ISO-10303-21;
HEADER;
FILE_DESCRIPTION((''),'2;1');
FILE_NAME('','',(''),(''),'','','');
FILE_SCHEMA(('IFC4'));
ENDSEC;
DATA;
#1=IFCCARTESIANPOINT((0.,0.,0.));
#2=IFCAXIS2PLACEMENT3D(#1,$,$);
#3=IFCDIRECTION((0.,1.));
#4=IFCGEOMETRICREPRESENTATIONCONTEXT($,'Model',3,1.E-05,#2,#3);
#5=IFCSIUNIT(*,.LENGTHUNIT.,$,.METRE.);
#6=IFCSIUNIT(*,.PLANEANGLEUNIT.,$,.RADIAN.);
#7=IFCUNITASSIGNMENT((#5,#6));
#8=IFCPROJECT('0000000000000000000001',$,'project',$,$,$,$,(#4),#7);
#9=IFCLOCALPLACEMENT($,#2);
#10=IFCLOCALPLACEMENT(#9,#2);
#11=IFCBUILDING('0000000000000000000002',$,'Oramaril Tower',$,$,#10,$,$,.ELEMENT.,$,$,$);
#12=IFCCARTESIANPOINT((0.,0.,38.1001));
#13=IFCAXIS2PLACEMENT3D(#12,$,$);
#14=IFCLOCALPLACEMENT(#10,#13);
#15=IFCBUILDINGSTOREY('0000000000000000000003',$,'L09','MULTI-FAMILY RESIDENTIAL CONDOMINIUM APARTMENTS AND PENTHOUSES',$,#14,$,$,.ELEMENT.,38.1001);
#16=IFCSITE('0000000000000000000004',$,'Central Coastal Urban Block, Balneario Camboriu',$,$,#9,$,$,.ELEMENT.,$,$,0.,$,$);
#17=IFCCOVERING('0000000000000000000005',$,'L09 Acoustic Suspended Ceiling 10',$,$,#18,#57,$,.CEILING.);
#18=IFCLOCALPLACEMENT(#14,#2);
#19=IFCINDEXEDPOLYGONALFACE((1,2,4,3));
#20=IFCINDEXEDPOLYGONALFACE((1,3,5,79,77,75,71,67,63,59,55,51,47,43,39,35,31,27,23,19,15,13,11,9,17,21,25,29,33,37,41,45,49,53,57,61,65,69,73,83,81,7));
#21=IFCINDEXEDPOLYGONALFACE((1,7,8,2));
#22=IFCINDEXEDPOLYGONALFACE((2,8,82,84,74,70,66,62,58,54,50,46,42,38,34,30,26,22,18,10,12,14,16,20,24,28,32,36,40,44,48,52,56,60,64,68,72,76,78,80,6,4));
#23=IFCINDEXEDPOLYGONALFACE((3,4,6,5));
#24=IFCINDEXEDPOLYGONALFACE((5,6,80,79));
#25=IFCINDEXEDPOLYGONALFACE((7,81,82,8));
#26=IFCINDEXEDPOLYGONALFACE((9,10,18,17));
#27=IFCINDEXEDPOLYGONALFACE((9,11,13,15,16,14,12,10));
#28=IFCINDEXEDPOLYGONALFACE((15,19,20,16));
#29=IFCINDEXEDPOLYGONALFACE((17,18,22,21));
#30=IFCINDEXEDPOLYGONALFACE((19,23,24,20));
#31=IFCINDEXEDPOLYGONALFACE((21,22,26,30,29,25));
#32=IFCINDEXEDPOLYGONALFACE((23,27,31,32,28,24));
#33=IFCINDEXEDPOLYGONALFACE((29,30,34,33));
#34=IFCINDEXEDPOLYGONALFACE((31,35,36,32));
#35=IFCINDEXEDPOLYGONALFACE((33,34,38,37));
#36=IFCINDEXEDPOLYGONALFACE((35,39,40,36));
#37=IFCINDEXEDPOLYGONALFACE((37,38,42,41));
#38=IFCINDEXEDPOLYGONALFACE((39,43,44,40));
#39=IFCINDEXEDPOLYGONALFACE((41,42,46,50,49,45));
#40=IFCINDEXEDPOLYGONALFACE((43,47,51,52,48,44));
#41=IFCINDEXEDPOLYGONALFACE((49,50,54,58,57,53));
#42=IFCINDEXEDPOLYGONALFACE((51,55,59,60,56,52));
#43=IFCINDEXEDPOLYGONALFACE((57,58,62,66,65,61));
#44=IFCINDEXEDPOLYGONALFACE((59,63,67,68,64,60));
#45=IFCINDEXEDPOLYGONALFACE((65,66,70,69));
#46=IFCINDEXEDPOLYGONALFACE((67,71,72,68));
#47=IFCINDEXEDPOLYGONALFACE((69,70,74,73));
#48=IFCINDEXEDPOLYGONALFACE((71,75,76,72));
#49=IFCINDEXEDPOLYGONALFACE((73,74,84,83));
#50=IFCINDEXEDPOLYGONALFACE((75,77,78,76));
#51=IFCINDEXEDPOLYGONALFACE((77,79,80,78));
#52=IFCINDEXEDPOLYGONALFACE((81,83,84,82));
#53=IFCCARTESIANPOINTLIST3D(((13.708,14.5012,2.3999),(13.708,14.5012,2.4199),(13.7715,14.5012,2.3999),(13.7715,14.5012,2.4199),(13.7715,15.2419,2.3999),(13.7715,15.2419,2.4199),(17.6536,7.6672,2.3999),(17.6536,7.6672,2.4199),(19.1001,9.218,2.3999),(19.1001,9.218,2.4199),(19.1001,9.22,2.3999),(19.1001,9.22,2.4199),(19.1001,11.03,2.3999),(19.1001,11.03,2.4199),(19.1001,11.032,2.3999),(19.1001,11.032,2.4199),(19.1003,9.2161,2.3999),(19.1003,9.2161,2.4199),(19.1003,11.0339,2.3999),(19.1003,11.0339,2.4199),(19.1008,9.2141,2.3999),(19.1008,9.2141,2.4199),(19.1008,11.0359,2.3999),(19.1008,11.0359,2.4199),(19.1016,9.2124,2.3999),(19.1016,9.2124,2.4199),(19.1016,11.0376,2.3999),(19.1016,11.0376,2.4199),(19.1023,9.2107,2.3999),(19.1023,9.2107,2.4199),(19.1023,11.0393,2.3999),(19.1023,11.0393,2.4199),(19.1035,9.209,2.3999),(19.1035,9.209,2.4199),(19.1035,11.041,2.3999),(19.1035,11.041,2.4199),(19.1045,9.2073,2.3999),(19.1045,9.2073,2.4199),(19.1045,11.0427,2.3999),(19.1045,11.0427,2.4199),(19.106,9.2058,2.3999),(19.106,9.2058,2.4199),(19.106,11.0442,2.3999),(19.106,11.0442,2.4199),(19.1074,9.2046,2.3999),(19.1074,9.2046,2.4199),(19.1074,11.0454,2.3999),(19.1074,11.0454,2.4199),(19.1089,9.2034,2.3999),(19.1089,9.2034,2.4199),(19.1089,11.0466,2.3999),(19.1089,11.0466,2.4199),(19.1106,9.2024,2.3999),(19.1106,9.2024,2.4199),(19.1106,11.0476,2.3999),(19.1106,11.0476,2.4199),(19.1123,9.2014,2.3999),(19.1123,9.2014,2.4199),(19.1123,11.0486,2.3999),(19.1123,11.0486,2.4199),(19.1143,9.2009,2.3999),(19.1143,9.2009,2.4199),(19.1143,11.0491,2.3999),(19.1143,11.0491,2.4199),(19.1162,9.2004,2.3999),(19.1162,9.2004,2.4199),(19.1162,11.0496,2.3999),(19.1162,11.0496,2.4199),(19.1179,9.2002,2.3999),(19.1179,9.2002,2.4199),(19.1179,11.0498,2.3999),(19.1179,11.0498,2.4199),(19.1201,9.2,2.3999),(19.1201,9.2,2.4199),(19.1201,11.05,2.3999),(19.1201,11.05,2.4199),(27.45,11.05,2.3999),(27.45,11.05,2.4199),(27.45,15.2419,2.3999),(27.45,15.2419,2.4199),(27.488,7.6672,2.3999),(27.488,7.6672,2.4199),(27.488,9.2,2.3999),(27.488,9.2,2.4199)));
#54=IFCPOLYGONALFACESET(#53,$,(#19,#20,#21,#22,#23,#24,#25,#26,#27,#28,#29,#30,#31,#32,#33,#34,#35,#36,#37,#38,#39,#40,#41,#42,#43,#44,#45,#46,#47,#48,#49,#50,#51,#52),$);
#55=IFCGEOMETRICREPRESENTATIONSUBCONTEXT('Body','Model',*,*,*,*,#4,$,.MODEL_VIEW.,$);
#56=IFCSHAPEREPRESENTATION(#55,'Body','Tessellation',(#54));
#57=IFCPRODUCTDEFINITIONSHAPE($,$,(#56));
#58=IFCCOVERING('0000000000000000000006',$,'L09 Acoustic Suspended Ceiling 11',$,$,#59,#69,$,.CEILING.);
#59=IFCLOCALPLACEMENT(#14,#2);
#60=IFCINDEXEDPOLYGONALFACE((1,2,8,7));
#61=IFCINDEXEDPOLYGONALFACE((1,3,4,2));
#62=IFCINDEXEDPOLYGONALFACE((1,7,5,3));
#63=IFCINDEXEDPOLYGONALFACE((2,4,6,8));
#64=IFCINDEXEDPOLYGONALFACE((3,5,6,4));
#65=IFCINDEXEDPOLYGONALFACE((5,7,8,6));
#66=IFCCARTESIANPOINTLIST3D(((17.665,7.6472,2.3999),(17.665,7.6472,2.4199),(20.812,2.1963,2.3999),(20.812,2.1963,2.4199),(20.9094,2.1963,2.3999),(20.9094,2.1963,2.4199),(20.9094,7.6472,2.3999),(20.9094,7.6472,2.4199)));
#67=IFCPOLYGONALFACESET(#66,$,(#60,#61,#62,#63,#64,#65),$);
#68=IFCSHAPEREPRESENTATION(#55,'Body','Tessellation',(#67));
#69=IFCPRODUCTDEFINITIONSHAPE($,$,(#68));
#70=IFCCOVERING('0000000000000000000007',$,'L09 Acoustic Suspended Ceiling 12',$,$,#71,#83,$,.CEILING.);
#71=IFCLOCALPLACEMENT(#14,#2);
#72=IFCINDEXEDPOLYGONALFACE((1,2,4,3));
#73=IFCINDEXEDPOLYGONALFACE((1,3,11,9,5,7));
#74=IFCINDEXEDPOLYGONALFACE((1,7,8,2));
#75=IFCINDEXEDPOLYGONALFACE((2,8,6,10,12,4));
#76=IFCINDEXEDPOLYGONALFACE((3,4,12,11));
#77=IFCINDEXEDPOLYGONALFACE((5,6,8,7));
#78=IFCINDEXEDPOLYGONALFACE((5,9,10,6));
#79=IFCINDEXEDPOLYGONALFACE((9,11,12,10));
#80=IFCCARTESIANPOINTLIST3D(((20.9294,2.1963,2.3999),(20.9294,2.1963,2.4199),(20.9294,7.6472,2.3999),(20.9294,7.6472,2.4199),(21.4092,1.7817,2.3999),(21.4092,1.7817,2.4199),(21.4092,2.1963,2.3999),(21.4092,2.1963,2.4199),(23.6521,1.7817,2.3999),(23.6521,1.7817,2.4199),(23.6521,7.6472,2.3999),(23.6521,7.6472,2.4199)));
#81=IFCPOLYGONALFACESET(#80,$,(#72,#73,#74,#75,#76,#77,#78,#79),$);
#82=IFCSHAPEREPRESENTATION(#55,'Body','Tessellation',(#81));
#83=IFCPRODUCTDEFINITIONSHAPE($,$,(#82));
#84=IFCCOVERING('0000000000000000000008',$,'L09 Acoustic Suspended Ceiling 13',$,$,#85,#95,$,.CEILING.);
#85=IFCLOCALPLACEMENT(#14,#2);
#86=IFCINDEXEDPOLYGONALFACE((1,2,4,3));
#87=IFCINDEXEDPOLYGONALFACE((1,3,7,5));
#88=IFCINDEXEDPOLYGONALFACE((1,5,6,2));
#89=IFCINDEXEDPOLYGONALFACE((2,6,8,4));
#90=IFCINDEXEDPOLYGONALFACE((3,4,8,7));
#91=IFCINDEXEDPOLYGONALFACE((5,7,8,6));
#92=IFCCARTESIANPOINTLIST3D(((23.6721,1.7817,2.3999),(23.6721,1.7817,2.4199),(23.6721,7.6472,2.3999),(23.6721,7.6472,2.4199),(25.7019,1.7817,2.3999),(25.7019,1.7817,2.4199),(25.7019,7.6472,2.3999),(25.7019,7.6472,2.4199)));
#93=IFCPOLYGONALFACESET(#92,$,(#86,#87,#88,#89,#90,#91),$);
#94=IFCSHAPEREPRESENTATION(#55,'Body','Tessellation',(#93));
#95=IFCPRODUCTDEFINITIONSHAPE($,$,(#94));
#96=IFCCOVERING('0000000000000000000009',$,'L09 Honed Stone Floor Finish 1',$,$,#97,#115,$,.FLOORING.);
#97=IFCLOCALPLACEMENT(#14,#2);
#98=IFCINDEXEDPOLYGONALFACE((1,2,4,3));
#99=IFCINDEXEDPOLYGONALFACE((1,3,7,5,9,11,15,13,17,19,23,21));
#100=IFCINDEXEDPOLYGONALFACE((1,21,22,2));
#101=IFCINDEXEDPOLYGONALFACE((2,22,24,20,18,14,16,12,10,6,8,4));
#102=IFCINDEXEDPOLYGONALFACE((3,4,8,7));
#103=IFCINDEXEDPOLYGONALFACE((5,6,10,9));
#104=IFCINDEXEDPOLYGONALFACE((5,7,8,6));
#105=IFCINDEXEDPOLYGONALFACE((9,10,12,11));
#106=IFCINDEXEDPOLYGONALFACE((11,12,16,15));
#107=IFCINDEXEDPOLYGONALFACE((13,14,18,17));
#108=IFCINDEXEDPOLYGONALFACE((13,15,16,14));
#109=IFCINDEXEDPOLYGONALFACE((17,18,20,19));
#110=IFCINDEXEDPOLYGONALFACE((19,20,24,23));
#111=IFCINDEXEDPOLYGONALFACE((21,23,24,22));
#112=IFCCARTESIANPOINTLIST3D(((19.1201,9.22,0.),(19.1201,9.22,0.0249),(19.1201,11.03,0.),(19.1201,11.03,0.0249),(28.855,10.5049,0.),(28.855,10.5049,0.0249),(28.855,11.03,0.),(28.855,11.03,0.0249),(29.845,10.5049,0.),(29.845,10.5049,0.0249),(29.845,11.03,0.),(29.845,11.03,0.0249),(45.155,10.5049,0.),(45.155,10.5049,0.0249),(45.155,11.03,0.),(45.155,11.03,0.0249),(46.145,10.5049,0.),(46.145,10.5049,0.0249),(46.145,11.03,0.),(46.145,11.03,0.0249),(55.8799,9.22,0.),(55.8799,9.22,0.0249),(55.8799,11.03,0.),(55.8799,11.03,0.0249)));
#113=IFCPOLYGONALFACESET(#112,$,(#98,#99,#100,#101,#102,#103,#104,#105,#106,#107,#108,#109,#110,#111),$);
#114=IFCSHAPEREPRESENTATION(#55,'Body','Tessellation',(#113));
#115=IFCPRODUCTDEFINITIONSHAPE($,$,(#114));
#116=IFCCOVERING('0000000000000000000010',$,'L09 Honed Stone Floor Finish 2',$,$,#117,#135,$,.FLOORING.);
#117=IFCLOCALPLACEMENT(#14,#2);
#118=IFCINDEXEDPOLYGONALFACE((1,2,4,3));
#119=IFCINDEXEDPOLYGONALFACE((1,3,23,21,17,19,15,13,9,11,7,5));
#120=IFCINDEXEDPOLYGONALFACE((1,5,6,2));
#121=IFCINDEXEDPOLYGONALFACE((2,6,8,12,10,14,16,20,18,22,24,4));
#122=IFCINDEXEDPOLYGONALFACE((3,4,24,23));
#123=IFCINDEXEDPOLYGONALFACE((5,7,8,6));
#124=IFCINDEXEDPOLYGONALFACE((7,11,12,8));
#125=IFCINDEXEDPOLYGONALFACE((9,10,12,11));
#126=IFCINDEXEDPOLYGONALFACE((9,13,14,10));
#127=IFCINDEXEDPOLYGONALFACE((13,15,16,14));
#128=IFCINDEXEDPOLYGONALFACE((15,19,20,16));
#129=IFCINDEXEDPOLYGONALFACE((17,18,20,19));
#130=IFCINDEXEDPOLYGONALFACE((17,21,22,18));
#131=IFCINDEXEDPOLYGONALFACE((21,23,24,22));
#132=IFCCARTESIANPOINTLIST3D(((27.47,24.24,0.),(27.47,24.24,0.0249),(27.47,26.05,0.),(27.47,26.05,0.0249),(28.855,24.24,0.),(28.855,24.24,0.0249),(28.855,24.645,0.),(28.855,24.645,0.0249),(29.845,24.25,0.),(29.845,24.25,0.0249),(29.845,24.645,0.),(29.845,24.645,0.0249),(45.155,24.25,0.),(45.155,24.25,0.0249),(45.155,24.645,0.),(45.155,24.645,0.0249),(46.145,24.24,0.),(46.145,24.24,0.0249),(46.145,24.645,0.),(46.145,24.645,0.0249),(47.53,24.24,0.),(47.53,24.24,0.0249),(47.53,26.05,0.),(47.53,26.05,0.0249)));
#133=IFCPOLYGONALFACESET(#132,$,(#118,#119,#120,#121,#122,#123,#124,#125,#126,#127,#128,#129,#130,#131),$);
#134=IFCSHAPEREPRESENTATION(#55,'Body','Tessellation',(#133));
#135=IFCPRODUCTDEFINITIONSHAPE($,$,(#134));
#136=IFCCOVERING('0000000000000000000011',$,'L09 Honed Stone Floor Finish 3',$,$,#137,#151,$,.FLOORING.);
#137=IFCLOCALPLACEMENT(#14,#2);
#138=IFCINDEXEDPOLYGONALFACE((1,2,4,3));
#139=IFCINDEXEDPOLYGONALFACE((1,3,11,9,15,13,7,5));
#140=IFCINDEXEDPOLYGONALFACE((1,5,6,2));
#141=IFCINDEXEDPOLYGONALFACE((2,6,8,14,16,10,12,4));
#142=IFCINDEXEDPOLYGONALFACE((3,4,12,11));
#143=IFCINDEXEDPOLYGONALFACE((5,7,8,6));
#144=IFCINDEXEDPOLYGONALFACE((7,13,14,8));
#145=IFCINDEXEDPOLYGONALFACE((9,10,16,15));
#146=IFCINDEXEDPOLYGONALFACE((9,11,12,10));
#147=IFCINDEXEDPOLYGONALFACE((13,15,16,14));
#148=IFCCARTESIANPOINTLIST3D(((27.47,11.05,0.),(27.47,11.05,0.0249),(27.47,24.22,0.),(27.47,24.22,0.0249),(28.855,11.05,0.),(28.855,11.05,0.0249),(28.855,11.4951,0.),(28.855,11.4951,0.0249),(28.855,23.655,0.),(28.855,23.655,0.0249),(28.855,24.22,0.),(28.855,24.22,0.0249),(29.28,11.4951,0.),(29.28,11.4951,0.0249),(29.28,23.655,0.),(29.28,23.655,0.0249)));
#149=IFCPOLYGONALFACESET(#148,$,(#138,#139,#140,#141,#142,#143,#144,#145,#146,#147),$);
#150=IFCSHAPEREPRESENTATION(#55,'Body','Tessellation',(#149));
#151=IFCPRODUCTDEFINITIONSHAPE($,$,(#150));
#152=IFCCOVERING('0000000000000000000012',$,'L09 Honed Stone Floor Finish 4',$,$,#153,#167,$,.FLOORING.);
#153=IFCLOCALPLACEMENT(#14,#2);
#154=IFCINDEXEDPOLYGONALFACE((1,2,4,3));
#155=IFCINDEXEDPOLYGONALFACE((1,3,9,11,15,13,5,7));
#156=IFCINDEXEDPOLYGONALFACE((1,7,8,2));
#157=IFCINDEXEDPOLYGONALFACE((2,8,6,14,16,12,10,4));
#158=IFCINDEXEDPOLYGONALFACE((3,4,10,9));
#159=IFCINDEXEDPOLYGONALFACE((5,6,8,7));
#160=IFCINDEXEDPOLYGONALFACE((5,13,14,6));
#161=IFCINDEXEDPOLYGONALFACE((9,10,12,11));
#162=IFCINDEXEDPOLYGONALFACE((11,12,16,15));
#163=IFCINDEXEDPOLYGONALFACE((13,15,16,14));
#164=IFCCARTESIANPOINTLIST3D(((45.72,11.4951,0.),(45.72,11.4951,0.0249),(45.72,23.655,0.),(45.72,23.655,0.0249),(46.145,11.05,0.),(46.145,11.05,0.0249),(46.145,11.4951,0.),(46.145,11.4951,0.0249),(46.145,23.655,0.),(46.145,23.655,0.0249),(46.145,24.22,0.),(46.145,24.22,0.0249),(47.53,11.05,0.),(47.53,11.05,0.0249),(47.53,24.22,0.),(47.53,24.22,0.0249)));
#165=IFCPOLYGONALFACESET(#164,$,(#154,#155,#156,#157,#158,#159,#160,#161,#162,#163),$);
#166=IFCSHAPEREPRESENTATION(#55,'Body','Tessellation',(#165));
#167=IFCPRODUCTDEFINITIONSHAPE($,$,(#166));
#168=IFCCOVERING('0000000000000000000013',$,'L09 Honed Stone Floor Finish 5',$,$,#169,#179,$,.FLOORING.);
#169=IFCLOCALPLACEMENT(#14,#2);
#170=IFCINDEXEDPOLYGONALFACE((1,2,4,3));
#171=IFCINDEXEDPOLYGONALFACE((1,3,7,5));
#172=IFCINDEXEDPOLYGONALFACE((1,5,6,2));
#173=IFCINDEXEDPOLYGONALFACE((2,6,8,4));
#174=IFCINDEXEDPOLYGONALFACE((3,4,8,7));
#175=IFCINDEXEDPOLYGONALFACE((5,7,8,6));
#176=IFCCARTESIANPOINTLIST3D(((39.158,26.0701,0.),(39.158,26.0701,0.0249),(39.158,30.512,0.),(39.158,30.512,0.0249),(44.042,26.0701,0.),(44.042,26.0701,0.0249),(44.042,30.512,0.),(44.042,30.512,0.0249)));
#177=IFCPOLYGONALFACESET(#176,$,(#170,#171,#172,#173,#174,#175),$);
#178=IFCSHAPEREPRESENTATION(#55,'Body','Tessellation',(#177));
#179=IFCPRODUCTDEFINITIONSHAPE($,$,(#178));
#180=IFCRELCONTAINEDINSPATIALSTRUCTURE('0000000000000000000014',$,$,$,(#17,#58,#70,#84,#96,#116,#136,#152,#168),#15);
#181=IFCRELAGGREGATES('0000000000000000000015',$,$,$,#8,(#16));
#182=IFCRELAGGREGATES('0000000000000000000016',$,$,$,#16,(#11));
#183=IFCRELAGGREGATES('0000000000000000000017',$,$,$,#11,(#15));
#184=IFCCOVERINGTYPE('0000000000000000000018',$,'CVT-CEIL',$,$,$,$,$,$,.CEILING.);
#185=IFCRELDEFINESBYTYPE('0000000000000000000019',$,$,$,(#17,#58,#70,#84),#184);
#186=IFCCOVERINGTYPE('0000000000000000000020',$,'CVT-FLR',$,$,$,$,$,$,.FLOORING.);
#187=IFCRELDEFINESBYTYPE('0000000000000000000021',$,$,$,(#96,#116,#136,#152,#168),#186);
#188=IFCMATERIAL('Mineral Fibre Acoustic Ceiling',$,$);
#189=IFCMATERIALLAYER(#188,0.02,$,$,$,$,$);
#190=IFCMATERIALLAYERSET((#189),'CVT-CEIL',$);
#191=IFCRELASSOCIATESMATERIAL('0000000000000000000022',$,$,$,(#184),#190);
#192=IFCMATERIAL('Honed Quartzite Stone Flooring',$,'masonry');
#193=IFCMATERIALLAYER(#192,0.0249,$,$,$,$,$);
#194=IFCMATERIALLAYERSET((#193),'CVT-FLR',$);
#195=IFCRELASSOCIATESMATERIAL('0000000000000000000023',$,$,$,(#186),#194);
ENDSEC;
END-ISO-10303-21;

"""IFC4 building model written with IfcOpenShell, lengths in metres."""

from ifc_helpers import new_model, si_unit, direction, frame, origin, place, context, subcontext, project, spatial, polyline, outline, extrude, material, layer, layer_set, type_object, element, save


model = new_model("IFC4")

# Units and contexts
model_context = context("Model", 3, precision=1e-05, world=origin(), true_north=direction((0.0, 1.0)))
body_context = subcontext(model_context, "Body", "Model", "MODEL_VIEW")
ifc_project = project(units=[si_unit("LENGTHUNIT", "METRE"), si_unit("PLANEANGLEUNIT", "RADIAN")], contexts=[model_context])

# Site, building, storey
site_placement = place(None, origin())
site = spatial("IfcSite", under=ifc_project, at=site_placement, Name="Central Coastal Urban Block, Balneario Camboriu", CompositionType="ELEMENT", RefElevation=0.0)
building_placement = place(site_placement, origin())
building = spatial("IfcBuilding", under=site, at=building_placement, Name="Oramaril Tower", CompositionType="ELEMENT")
storey_placement = place(building_placement, frame((0.0, 0.0, 38.1001)))
storey = spatial("IfcBuildingStorey", under=building, at=storey_placement, Name="L09", Description="MULTI-FAMILY RESIDENTIAL CONDOMINIUM APARTMENTS AND PENTHOUSES", CompositionType="ELEMENT", Elevation=38.1001)

# Coverings
ifc_material_1 = material(Name="Mineral Fibre Acoustic Ceiling")
ifc_layer_1 = layer(ifc_material_1, 0.02)
ifc_layer_set_1 = layer_set([ifc_layer_1], Name="CVT-CEIL")
covering_type_1 = type_object("IfcCoveringType", Name="CVT-CEIL", PredefinedType="CEILING", material=ifc_layer_set_1)
covering_1_placement = place(storey_placement, frame((0.0, 0.0, 2.3999)))
element("IfcCovering", 1, at=covering_1_placement, inside=storey, type_object=covering_type_1, Name="L09 Acoustic Suspended Ceiling 10", PredefinedType="CEILING", context=body_context, shape_type="SweptSolid", body=[
    extrude(outline(polyline([(17.6536, 7.6672), (13.708, 14.5012), (13.7715, 14.5012), (13.7715, 15.2419), (27.45, 15.2419), (27.45, 11.05), (19.1201, 11.05), (19.1179, 11.0498), (19.1162, 11.0496), (19.1143, 11.0491), (19.1123, 11.0486), (19.1106, 11.0476), (19.1089, 11.0466), (19.1074, 11.0454), (19.106, 11.0442), (19.1045, 11.0427), (19.1035, 11.041), (19.1023, 11.0393), (19.1016, 11.0376), (19.1008, 11.0359), (19.1003, 11.0339), (19.1001, 11.032), (19.1001, 11.03), (19.1001, 9.22), (19.1001, 9.218), (19.1003, 9.2161), (19.1008, 9.2141), (19.1016, 9.2124), (19.1023, 9.2107), (19.1035, 9.209), (19.1045, 9.2073), (19.106, 9.2058), (19.1074, 9.2046), (19.1089, 9.2034), (19.1106, 9.2024), (19.1123, 9.2014), (19.1143, 9.2009), (19.1162, 9.2004), (19.1179, 9.2002), (19.1201, 9.2), (27.488, 9.2), (27.488, 7.6672), (17.6536, 7.6672)])), origin(), (0.0, 0.0, 1.0), 0.02),
])
covering_2_placement = place(storey_placement, frame((0.0, 0.0, 2.3999)))
element("IfcCovering", 2, at=covering_2_placement, inside=storey, type_object=covering_type_1, Name="L09 Acoustic Suspended Ceiling 11", PredefinedType="CEILING", context=body_context, shape_type="SweptSolid", body=[
    extrude(outline(polyline([(20.812, 2.1963), (17.665, 7.6472), (20.9094, 7.6472), (20.9094, 2.1963), (20.812, 2.1963)])), origin(), (0.0, 0.0, 1.0), 0.02),
])
covering_3_placement = place(storey_placement, frame((0.0, 0.0, 2.3999)))
element("IfcCovering", 3, at=covering_3_placement, inside=storey, type_object=covering_type_1, Name="L09 Acoustic Suspended Ceiling 12", PredefinedType="CEILING", context=body_context, shape_type="SweptSolid", body=[
    extrude(outline(polyline([(21.4092, 1.7817), (21.4092, 2.1963), (20.9294, 2.1963), (20.9294, 7.6472), (23.6521, 7.6472), (23.6521, 1.7817), (21.4092, 1.7817)])), origin(), (0.0, 0.0, 1.0), 0.02),
])
covering_4_placement = place(storey_placement, frame((0.0, 0.0, 2.3999)))
element("IfcCovering", 4, at=covering_4_placement, inside=storey, type_object=covering_type_1, Name="L09 Acoustic Suspended Ceiling 13", PredefinedType="CEILING", context=body_context, shape_type="SweptSolid", body=[
    extrude(outline(polyline([(23.6721, 1.7817), (23.6721, 7.6472), (25.7019, 7.6472), (25.7019, 1.7817), (23.6721, 1.7817)])), origin(), (0.0, 0.0, 1.0), 0.02),
])
ifc_material_2 = material(Name="Honed Quartzite Stone Flooring", Category="masonry")
ifc_layer_2 = layer(ifc_material_2, 0.0249)
ifc_layer_set_2 = layer_set([ifc_layer_2], Name="CVT-FLR")
covering_type_2 = type_object("IfcCoveringType", Name="CVT-FLR", PredefinedType="FLOORING", material=ifc_layer_set_2)
covering_5_placement = place(storey_placement, origin())
element("IfcCovering", 5, at=covering_5_placement, inside=storey, type_object=covering_type_2, Name="L09 Honed Stone Floor Finish 1", PredefinedType="FLOORING", context=body_context, shape_type="SweptSolid", body=[
    extrude(outline(polyline([(28.855, 10.5049), (29.845, 10.5049), (29.845, 11.03), (45.155, 11.03), (45.155, 10.5049), (46.145, 10.5049), (46.145, 11.03), (55.8799, 11.03), (55.8799, 9.22), (19.1201, 9.22), (19.1201, 11.03), (28.855, 11.03), (28.855, 10.5049)])), origin(), (0.0, 0.0, 1.0), 0.0249),
])
covering_6_placement = place(storey_placement, origin())
element("IfcCovering", 6, at=covering_6_placement, inside=storey, type_object=covering_type_2, Name="L09 Honed Stone Floor Finish 2", PredefinedType="FLOORING", context=body_context, shape_type="SweptSolid", body=[
    extrude(outline(polyline([(47.53, 24.24), (46.145, 24.24), (46.145, 24.645), (45.155, 24.645), (45.155, 24.25), (29.845, 24.25), (29.845, 24.645), (28.855, 24.645), (28.855, 24.24), (27.47, 24.24), (27.47, 26.05), (47.53, 26.05), (47.53, 24.24)])), origin(), (0.0, 0.0, 1.0), 0.0249),
])
covering_7_placement = place(storey_placement, origin())
element("IfcCovering", 7, at=covering_7_placement, inside=storey, type_object=covering_type_2, Name="L09 Honed Stone Floor Finish 3", PredefinedType="FLOORING", context=body_context, shape_type="SweptSolid", body=[
    extrude(outline(polyline([(28.855, 23.655), (29.28, 23.655), (29.28, 11.4951), (28.855, 11.4951), (28.855, 11.05), (27.47, 11.05), (27.47, 24.22), (28.855, 24.22), (28.855, 23.655)])), origin(), (0.0, 0.0, 1.0), 0.0249),
])
covering_8_placement = place(storey_placement, origin())
element("IfcCovering", 8, at=covering_8_placement, inside=storey, type_object=covering_type_2, Name="L09 Honed Stone Floor Finish 4", PredefinedType="FLOORING", context=body_context, shape_type="SweptSolid", body=[
    extrude(outline(polyline([(47.53, 11.05), (46.145, 11.05), (46.145, 11.4951), (45.72, 11.4951), (45.72, 23.655), (46.145, 23.655), (46.145, 24.22), (47.53, 24.22), (47.53, 11.05)])), origin(), (0.0, 0.0, 1.0), 0.0249),
])
covering_9_placement = place(storey_placement, origin())
element("IfcCovering", 9, at=covering_9_placement, inside=storey, type_object=covering_type_2, Name="L09 Honed Stone Floor Finish 5", PredefinedType="FLOORING", context=body_context, shape_type="SweptSolid", body=[
    extrude(outline(polyline([(44.042, 30.512), (44.042, 26.0701), (39.158, 26.0701), (39.158, 30.512), (44.042, 30.512)])), origin(), (0.0, 0.0, 1.0), 0.0249),
])

save(model, "model.ifc")
